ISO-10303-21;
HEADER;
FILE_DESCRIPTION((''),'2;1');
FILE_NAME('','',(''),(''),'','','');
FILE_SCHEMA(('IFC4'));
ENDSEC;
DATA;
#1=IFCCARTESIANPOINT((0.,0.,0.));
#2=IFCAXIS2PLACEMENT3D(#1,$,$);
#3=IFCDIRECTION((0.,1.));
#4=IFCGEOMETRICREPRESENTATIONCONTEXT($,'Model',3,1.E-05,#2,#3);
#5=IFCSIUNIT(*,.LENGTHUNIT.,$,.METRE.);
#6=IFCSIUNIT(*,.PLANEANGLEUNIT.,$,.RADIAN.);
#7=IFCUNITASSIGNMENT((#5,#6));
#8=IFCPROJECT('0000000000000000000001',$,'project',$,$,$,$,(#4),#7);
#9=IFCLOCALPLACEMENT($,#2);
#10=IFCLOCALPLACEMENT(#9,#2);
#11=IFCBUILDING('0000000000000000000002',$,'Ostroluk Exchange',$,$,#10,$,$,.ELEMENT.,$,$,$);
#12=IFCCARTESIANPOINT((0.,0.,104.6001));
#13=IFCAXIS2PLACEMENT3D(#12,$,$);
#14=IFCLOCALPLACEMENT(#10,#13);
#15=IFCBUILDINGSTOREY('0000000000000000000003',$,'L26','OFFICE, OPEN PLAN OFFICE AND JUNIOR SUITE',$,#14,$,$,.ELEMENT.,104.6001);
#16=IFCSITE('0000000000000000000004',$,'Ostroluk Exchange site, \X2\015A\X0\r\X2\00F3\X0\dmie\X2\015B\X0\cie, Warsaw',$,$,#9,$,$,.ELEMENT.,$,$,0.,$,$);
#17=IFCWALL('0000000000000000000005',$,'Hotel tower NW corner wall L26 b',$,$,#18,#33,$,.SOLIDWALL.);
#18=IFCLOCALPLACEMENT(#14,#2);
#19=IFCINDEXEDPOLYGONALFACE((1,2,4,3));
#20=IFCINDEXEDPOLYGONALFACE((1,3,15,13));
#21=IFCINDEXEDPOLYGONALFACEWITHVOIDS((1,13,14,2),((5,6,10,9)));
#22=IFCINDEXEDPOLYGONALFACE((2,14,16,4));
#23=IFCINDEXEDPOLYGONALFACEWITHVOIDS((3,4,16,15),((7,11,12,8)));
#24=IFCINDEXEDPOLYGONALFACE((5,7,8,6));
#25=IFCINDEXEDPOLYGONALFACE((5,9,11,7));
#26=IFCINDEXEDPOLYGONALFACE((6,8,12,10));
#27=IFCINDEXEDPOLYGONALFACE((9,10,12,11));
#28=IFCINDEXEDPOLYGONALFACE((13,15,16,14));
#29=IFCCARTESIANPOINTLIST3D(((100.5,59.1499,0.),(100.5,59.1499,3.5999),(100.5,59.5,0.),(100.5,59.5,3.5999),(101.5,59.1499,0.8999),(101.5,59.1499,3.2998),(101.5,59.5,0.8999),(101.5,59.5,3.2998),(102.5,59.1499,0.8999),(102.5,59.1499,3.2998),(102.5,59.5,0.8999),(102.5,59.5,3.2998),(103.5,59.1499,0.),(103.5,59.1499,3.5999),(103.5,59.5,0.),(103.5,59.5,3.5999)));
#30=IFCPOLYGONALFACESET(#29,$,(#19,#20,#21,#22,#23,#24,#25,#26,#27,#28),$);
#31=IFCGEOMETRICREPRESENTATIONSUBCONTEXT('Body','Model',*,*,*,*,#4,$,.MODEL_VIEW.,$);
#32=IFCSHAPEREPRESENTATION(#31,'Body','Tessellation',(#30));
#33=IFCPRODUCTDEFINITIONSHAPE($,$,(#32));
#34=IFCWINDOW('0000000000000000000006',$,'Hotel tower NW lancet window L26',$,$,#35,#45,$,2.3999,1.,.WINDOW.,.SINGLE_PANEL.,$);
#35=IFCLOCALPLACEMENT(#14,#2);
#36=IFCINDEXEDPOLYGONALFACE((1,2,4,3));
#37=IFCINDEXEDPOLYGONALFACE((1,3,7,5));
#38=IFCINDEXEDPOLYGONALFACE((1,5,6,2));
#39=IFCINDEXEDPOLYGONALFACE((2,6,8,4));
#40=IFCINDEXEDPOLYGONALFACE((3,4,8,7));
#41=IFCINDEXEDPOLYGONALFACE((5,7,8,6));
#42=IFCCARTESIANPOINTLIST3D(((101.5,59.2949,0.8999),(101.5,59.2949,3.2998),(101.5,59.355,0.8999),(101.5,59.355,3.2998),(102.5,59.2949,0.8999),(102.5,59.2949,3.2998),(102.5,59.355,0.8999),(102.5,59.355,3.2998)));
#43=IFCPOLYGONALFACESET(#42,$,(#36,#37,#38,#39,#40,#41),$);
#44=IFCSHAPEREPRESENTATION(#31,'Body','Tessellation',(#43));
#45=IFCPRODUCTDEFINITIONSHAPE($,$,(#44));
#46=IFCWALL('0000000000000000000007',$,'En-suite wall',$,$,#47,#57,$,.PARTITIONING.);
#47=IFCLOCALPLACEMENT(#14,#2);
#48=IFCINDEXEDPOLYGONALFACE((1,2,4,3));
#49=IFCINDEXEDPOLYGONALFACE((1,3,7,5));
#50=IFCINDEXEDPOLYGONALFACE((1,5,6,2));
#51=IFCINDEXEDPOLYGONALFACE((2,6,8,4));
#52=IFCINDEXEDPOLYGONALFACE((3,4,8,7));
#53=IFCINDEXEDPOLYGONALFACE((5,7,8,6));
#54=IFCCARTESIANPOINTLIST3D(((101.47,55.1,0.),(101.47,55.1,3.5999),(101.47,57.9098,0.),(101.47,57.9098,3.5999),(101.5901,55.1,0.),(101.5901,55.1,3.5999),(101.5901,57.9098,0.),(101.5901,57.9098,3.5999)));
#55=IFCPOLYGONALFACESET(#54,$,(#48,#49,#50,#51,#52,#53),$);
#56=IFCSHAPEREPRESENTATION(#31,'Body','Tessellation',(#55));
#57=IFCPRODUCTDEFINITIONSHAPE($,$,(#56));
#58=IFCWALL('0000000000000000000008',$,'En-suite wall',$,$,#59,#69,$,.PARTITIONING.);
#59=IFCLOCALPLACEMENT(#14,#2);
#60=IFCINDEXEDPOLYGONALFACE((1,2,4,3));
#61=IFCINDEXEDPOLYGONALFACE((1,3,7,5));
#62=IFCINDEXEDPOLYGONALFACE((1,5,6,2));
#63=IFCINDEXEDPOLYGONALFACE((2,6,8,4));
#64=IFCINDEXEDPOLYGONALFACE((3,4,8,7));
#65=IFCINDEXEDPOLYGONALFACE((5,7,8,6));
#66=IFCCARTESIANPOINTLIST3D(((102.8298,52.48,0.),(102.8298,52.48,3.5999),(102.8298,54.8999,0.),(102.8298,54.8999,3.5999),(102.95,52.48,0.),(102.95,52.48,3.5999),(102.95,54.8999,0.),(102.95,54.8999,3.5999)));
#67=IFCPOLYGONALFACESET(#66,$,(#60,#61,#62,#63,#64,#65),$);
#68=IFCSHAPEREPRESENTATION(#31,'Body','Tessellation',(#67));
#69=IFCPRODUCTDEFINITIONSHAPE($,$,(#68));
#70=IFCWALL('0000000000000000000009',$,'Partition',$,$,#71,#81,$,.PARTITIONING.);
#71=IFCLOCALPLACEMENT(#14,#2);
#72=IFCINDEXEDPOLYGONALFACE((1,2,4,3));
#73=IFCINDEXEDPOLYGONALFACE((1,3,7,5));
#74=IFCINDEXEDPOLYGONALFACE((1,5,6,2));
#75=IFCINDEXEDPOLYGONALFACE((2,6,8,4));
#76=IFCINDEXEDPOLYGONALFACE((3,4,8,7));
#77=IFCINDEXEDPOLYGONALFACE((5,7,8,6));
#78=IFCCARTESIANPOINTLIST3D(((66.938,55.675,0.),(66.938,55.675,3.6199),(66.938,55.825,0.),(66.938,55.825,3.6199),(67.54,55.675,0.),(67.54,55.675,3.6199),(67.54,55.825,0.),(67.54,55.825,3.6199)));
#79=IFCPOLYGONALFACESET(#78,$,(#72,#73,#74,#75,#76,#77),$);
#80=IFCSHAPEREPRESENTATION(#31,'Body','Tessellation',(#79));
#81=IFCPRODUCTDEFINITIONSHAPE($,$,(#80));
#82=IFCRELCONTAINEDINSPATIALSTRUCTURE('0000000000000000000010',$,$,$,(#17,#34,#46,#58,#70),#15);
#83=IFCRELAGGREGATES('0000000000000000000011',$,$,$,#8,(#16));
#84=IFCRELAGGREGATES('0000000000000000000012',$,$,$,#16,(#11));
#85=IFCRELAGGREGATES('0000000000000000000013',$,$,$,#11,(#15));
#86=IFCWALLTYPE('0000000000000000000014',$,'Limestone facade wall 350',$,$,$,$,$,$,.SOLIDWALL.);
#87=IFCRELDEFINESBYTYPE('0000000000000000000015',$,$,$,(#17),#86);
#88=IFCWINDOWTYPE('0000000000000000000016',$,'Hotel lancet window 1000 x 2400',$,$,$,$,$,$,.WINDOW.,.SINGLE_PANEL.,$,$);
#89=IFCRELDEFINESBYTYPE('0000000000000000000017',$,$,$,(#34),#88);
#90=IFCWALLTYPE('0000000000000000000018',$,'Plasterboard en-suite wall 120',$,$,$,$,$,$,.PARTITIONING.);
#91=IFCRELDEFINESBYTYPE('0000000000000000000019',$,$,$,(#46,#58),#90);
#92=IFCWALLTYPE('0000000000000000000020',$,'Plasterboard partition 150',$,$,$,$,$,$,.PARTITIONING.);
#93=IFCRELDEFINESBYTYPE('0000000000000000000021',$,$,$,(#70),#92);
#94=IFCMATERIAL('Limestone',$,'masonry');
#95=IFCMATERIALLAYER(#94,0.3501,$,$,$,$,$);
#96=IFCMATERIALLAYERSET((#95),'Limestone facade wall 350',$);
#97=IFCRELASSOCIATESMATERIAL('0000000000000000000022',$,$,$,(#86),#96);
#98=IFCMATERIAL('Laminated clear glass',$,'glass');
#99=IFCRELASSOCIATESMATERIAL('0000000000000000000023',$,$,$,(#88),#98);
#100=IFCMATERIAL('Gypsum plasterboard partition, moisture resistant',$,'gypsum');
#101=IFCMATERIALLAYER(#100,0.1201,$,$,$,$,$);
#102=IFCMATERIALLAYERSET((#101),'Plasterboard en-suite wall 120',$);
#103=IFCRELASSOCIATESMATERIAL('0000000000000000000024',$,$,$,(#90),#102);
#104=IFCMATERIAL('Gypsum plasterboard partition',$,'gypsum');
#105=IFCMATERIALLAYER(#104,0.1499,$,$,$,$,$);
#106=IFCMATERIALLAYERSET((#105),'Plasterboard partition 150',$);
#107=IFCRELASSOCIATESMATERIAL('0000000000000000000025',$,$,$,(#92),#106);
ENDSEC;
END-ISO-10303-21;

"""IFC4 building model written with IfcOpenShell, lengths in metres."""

from ifc_helpers import new_model, si_unit, direction, frame, frame_2d, origin, place, context, subcontext, project, spatial, rectangle, extrude, material, layer, layer_set, type_object, element, fill, save


model = new_model("IFC4")

# Units and contexts
model_context = context("Model", 3, precision=1e-05, world=origin(), true_north=direction((0.0, 1.0)))
body_context = subcontext(model_context, "Body", "Model", "MODEL_VIEW")
ifc_project = project(units=[si_unit("LENGTHUNIT", "METRE"), si_unit("PLANEANGLEUNIT", "RADIAN")], contexts=[model_context])

# Site, building, storey
site_placement = place(None, origin())
site = spatial("IfcSite", under=ifc_project, at=site_placement, Name="Ostroluk Exchange site, Śródmieście, Warsaw", CompositionType="ELEMENT", RefElevation=0.0)
building_placement = place(site_placement, origin())
building = spatial("IfcBuilding", under=site, at=building_placement, Name="Ostroluk Exchange", CompositionType="ELEMENT")
storey_placement = place(building_placement, frame((0.0, 0.0, 104.6001)))
storey = spatial("IfcBuildingStorey", under=building, at=storey_placement, Name="L26", Description="OFFICE, OPEN PLAN OFFICE AND JUNIOR SUITE", CompositionType="ELEMENT", Elevation=104.6001)

# Wall, opening, window
ifc_material_1 = material(Name="Limestone", Category="masonry")
ifc_layer_1 = layer(ifc_material_1, 0.3501)
ifc_layer_set_1 = layer_set([ifc_layer_1], Name="Limestone facade wall 350")
wall_type_1 = type_object("IfcWallType", Name="Limestone facade wall 350", PredefinedType="SOLIDWALL", material=ifc_layer_set_1)
wall_1_placement = place(storey_placement, frame((103.5, 59.325, 0.0), z_axis=(0.0, 0.0, 1.0), x_axis=(-1.0, 0.0, 0.0)))
wall_1 = element("IfcWall", 1, at=wall_1_placement, inside=storey, type_object=wall_type_1, Name="Hotel tower NW corner wall L26 b", PredefinedType="SOLIDWALL", context=body_context, shape_type="SweptSolid", body=[
    extrude(rectangle(XDim=3.0, YDim=0.3501, at=frame_2d((1.5, 0.0))), origin(), (0.0, 0.0, 1.0), 3.5999),
])
opening_placement = place(wall_1_placement, frame((1.0, 0.0, 0.8999)))
opening = element("IfcOpeningElement", 2, at=opening_placement, cuts=wall_1, PredefinedType="OPENING", context=body_context, shape_type="SweptSolid", body=[
    extrude(rectangle(XDim=1.0, YDim=2.3999, at=frame_2d((0.5, 1.2))), frame((0.0, 0.1851, 0.0), z_axis=(0.0, -1.0, 0.0), x_axis=(1.0, 0.0, 0.0)), (0.0, 0.0, 1.0), 0.3701),
])
ifc_material_2 = material(Name="Laminated clear glass", Category="glass")
window_type = type_object("IfcWindowType", Name="Hotel lancet window 1000 x 2400", PartitioningType="SINGLE_PANEL", PredefinedType="WINDOW", material=ifc_material_2)
window_placement = place(opening_placement, origin())
window = element("IfcWindow", 3, at=window_placement, inside=storey, type_object=window_type, Name="Hotel tower NW lancet window L26", OverallHeight=2.3999, OverallWidth=1.0, PartitioningType="SINGLE_PANEL", PredefinedType="WINDOW", context=body_context, shape_type="SweptSolid", body=[
    extrude(rectangle(XDim=1.0, YDim=2.3999, at=frame_2d((0.5, 1.2))), frame((0.0, 0.03, 0.0), z_axis=(0.0, -1.0, 0.0), x_axis=(1.0, 0.0, 0.0)), (0.0, 0.0, 1.0), 0.0601),
])
fill(opening, window)

# Walls
ifc_material_3 = material(Name="Gypsum plasterboard partition, moisture resistant", Category="gypsum")
ifc_layer_2 = layer(ifc_material_3, 0.1201)
ifc_layer_set_2 = layer_set([ifc_layer_2], Name="Plasterboard en-suite wall 120")
wall_type_2 = type_object("IfcWallType", Name="Plasterboard en-suite wall 120", PredefinedType="PARTITIONING", material=ifc_layer_set_2)
wall_2_placement = place(storey_placement, frame((101.53, 55.1001, 0.0), z_axis=(0.0, 0.0, 1.0), x_axis=(0.0, 1.0, 0.0)))
element("IfcWall", 4, at=wall_2_placement, inside=storey, type_object=wall_type_2, Name="En-suite wall", PredefinedType="PARTITIONING", context=body_context, shape_type="SweptSolid", body=[
    extrude(rectangle(XDim=2.8098, YDim=0.1201, at=frame_2d((1.4048, 0.0))), origin(), (0.0, 0.0, 1.0), 3.5999),
])
wall_3_placement = place(storey_placement, frame((102.8899, 54.8999, 0.0), z_axis=(0.0, 0.0, 1.0), x_axis=(0.0, -1.0, 0.0)))
element("IfcWall", 5, at=wall_3_placement, inside=storey, type_object=wall_type_2, Name="En-suite wall", PredefinedType="PARTITIONING", context=body_context, shape_type="SweptSolid", body=[
    extrude(rectangle(XDim=2.4199, YDim=0.1201, at=frame_2d((1.21, 0.0))), origin(), (0.0, 0.0, 1.0), 3.5999),
])
ifc_material_4 = material(Name="Gypsum plasterboard partition", Category="gypsum")
ifc_layer_3 = layer(ifc_material_4, 0.1499)
ifc_layer_set_3 = layer_set([ifc_layer_3], Name="Plasterboard partition 150")
wall_type_3 = type_object("IfcWallType", Name="Plasterboard partition 150", PredefinedType="PARTITIONING", material=ifc_layer_set_3)
wall_4_placement = place(storey_placement, frame((66.938, 55.75, 0.0), z_axis=(0.0, 0.0, 1.0), x_axis=(1.0, 0.0, 0.0)))
element("IfcWall", 6, at=wall_4_placement, inside=storey, type_object=wall_type_3, Name="Partition", PredefinedType="PARTITIONING", context=body_context, shape_type="SweptSolid", body=[
    extrude(rectangle(XDim=0.6021, YDim=0.1499, at=frame_2d((0.301, 0.0))), origin(), (0.0, 0.0, 1.0), 3.6199),
])

save(model, "model.ifc")
